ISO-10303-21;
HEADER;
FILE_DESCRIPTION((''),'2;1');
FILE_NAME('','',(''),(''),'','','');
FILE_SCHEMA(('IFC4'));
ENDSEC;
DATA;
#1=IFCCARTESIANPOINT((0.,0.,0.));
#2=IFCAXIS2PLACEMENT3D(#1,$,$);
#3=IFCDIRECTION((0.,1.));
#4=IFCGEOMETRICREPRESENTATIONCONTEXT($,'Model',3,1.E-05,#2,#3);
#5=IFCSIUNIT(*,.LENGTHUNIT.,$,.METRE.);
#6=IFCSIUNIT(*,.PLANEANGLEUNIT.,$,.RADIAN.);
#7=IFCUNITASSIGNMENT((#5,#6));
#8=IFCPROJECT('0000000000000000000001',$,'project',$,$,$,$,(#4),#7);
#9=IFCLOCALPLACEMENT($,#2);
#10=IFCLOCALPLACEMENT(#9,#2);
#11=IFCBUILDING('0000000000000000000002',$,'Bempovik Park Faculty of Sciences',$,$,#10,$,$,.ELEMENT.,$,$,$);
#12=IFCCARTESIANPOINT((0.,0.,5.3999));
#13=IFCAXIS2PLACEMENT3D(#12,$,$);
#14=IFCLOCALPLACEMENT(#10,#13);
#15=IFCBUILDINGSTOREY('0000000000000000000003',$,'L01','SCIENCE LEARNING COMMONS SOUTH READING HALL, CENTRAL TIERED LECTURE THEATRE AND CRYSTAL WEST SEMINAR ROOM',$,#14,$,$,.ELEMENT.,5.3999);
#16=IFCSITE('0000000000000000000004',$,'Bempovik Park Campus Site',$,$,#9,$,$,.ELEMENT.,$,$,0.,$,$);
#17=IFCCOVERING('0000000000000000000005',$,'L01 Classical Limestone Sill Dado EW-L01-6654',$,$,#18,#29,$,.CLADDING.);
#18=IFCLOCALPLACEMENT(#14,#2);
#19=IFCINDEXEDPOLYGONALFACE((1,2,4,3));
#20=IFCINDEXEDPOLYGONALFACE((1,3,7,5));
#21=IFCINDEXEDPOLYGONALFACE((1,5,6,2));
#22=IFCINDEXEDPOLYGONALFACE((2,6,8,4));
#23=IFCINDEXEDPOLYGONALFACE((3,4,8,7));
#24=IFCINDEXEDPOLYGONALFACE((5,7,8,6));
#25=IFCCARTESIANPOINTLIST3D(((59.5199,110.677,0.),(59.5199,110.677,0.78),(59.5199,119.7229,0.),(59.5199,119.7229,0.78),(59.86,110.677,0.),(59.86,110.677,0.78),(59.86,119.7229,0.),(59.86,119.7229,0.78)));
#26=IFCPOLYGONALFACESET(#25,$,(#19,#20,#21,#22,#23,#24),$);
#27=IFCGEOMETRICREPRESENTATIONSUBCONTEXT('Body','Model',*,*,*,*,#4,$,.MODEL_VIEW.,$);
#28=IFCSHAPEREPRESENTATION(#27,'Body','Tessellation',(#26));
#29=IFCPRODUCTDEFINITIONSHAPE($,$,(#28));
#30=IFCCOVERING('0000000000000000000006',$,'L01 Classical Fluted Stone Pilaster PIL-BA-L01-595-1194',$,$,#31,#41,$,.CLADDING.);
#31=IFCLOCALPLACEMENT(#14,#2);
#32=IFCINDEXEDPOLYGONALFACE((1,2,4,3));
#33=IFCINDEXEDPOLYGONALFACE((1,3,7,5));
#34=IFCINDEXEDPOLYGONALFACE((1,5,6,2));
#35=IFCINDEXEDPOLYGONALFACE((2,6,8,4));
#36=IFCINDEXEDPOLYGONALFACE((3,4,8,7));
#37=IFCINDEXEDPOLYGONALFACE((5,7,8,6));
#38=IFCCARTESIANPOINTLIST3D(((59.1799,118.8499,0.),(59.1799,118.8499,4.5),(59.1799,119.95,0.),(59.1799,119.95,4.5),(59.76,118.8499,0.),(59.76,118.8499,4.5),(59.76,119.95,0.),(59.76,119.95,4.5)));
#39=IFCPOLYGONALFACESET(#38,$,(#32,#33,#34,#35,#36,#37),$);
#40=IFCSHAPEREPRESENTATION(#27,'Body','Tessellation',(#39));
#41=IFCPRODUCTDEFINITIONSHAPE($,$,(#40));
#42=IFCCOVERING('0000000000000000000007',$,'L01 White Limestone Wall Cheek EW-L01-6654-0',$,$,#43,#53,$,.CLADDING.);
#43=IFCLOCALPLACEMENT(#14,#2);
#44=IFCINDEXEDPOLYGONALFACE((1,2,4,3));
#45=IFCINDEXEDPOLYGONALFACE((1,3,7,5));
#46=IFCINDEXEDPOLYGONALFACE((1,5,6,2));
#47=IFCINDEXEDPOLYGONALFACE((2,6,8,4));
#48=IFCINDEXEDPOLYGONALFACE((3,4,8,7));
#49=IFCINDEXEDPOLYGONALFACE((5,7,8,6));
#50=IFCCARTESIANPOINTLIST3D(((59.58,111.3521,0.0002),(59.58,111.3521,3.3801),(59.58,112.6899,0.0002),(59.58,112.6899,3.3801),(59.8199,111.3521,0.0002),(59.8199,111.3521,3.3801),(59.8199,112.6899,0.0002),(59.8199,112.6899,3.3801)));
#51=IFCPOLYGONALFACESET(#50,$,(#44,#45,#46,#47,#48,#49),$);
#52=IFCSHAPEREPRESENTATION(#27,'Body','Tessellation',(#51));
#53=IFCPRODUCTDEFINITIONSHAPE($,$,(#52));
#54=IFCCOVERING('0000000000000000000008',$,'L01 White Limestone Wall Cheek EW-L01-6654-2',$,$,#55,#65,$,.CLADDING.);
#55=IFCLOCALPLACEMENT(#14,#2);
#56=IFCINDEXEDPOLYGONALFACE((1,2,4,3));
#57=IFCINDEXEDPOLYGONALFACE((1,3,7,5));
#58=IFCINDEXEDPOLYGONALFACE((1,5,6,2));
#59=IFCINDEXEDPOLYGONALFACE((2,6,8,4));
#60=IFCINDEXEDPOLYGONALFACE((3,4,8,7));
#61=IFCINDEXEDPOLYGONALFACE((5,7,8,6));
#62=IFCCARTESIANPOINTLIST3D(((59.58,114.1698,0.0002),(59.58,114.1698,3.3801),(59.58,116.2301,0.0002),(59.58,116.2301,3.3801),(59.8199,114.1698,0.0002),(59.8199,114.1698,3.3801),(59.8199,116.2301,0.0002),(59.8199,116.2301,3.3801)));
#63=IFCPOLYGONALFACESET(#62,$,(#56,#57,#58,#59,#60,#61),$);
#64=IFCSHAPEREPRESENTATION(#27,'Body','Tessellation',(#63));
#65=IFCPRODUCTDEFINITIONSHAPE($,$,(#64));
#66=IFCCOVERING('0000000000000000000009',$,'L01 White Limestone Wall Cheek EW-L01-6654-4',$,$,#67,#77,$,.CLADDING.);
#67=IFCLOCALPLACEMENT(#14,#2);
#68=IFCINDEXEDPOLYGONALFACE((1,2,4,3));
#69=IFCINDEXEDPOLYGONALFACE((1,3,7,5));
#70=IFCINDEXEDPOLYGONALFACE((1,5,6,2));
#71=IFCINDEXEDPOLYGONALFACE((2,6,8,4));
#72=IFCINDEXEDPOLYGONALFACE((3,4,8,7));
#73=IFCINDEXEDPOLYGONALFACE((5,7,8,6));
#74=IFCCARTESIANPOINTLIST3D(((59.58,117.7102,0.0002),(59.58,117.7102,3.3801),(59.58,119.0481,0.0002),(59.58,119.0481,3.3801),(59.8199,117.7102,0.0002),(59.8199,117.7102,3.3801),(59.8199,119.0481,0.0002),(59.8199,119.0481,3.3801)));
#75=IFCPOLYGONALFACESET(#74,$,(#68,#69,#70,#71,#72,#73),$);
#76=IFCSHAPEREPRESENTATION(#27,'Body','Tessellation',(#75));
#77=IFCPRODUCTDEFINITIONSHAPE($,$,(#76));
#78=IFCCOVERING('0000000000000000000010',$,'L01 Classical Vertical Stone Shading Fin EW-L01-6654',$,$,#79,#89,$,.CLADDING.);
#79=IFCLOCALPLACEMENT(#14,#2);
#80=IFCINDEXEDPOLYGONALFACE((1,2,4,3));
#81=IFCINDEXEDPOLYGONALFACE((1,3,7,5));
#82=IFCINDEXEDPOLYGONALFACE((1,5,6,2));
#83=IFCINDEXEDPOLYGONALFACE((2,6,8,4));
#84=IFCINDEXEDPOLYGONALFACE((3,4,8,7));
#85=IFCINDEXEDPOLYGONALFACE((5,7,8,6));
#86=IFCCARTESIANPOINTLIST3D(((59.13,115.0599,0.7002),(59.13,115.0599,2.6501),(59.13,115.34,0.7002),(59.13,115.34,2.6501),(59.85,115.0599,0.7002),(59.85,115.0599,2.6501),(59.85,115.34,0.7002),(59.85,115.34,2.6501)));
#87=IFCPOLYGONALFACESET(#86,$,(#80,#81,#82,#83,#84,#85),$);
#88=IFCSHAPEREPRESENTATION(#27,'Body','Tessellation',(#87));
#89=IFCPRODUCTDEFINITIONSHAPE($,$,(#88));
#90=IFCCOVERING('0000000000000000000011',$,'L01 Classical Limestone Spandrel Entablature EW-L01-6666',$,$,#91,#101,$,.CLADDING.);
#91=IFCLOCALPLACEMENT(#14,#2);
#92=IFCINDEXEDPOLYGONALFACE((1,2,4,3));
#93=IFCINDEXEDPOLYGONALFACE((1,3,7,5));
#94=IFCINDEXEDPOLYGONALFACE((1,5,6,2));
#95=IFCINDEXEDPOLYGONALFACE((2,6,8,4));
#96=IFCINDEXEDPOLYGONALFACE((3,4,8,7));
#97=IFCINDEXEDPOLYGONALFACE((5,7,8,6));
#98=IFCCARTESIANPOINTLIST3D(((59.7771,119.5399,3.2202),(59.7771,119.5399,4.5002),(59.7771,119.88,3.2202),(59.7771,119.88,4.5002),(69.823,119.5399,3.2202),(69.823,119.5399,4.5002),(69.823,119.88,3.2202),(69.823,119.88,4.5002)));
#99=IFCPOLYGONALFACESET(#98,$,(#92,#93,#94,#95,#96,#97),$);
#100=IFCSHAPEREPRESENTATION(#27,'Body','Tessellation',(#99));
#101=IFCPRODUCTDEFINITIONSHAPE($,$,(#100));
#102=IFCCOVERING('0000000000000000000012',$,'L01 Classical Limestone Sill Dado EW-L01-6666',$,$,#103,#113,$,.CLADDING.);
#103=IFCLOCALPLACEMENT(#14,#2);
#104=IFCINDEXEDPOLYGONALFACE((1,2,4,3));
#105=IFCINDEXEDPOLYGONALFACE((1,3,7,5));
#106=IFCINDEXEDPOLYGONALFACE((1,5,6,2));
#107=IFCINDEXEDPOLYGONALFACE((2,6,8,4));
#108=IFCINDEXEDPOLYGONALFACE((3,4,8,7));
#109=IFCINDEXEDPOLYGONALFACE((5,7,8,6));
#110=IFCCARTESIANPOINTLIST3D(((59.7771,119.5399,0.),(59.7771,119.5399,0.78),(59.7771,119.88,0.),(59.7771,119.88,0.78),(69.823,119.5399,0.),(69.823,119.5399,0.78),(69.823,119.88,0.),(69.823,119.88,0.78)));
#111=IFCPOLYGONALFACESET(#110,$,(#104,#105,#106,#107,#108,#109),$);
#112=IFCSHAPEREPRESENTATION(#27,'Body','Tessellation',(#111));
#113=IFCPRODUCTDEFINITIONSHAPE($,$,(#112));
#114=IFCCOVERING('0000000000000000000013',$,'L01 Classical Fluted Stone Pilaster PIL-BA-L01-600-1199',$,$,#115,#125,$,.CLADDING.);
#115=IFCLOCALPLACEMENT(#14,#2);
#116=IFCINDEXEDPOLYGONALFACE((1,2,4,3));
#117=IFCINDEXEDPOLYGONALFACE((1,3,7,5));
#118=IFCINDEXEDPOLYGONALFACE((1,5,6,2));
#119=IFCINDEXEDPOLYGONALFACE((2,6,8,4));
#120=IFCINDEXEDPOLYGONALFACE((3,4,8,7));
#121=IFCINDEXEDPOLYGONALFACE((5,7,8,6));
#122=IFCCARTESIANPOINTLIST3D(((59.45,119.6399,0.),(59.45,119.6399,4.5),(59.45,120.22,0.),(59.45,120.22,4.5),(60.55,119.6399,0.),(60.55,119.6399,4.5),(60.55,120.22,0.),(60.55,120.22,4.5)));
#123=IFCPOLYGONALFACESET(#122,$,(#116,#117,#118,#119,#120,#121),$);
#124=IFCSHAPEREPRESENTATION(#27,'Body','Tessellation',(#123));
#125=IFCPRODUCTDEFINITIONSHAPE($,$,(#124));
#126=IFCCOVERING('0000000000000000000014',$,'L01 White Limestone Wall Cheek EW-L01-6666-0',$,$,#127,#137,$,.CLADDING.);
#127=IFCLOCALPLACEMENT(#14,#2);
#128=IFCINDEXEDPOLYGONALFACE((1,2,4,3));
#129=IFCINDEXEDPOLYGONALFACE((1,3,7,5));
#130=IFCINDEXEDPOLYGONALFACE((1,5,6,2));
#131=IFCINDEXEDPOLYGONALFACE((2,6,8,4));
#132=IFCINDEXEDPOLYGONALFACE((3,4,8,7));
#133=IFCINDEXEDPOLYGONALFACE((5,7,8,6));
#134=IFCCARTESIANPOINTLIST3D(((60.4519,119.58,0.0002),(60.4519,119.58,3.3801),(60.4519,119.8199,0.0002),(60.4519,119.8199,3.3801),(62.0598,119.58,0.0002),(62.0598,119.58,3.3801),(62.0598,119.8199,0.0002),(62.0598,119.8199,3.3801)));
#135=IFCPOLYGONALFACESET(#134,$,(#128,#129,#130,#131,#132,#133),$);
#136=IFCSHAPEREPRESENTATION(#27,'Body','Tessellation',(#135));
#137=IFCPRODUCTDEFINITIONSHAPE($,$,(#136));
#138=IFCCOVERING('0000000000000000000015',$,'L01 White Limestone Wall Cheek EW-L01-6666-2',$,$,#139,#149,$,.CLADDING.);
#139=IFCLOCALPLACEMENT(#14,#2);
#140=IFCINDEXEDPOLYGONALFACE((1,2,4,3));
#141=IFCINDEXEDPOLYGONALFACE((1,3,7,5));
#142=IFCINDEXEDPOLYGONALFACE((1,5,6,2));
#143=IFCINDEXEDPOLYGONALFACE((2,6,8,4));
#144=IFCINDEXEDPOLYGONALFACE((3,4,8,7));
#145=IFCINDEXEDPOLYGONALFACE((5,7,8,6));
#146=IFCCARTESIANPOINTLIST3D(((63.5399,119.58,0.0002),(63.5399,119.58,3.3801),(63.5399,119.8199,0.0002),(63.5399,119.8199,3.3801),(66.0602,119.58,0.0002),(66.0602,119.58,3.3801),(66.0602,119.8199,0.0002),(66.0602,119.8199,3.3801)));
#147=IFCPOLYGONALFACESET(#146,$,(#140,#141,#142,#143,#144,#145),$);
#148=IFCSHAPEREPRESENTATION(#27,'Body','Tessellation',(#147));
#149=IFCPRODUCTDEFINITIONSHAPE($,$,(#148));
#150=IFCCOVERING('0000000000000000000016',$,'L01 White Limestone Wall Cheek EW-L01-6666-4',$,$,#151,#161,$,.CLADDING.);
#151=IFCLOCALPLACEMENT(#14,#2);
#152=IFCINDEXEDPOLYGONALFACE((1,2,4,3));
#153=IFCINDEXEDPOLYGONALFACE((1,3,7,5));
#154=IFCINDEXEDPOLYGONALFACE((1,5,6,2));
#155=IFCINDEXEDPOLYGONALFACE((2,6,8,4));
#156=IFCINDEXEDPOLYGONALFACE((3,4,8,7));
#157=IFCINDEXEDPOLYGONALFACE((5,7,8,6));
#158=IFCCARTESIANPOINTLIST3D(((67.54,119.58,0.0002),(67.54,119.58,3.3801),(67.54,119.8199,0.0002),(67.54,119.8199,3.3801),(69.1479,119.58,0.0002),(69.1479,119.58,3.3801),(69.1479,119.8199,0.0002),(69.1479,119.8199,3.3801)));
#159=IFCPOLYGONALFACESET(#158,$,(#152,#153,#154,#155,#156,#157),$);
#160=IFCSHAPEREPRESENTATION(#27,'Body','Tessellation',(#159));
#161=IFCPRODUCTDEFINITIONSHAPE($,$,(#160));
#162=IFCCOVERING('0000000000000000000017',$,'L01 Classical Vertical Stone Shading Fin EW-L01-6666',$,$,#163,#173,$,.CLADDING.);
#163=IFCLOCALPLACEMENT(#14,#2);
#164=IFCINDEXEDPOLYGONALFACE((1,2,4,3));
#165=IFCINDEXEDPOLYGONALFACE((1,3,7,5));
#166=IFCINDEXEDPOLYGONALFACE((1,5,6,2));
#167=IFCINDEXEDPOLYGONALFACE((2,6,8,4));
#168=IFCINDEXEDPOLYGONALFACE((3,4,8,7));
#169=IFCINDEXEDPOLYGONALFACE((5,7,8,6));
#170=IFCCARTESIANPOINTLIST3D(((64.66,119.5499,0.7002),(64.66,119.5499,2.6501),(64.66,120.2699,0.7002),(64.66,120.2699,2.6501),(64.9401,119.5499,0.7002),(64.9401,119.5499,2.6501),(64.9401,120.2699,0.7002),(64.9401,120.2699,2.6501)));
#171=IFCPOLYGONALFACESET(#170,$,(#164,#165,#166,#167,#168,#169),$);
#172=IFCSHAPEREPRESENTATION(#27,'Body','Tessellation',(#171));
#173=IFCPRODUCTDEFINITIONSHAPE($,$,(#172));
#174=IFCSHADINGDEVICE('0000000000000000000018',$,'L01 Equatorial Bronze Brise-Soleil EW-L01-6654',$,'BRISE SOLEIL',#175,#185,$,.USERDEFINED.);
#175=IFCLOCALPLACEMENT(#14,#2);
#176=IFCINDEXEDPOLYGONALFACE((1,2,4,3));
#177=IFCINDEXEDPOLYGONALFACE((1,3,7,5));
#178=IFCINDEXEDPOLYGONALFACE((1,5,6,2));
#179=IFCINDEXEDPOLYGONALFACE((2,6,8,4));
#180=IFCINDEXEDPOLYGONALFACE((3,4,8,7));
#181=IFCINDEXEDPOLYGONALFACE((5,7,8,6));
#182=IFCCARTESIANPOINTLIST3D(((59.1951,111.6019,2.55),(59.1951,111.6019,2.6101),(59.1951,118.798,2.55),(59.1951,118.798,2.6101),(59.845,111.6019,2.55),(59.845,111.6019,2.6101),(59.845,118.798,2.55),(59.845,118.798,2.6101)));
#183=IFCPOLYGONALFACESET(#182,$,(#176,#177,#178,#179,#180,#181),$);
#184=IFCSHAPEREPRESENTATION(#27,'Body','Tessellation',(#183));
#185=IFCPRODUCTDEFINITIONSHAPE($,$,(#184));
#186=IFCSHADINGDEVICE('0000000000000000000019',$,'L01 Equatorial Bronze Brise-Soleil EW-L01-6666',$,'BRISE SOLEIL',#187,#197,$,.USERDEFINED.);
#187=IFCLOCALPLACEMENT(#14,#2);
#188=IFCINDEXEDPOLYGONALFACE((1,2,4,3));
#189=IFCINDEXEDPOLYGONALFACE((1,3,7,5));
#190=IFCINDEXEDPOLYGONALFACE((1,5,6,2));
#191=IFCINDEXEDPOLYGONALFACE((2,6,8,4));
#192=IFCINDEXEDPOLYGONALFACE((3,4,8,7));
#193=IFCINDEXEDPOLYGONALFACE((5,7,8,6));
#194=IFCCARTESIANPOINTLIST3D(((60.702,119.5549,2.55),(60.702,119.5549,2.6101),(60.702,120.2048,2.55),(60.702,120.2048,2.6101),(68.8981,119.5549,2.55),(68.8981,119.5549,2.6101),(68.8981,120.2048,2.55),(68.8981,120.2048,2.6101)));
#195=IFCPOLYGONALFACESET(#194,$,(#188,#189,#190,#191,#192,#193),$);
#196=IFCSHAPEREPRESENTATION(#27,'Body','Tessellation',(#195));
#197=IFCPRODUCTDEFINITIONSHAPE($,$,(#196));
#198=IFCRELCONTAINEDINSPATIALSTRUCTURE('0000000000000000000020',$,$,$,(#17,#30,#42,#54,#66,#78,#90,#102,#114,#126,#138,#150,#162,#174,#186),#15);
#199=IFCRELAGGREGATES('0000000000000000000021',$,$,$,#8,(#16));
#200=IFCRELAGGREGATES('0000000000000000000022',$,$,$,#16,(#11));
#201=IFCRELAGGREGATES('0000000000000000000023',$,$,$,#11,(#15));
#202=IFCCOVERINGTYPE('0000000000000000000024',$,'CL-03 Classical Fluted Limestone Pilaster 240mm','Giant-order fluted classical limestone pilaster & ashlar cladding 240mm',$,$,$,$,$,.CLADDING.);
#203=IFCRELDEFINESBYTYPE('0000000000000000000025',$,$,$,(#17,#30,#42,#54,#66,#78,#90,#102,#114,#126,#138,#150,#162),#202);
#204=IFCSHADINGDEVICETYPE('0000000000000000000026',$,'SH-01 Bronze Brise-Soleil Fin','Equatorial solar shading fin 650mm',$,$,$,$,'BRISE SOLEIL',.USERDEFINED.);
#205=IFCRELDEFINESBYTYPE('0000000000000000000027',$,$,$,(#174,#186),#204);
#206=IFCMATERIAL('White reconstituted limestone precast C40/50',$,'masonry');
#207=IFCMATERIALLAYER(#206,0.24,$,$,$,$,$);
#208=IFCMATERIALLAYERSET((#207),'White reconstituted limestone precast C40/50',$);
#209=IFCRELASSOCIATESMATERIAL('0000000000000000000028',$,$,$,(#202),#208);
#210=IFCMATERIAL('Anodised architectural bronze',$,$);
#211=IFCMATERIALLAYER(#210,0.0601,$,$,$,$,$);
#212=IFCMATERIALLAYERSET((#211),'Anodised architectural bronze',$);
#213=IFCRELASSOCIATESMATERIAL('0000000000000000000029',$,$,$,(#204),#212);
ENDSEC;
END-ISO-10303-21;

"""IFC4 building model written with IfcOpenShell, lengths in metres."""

from ifc_helpers import new_model, si_unit, direction, frame, origin, origin_2d, place, context, subcontext, project, spatial, rectangle, extrude, material, layer, layer_set, type_object, element, save


model = new_model("IFC4")

# Units and contexts
model_context = context("Model", 3, precision=1e-05, world=origin(), true_north=direction((0.0, 1.0)))
body_context = subcontext(model_context, "Body", "Model", "MODEL_VIEW")
ifc_project = project(units=[si_unit("LENGTHUNIT", "METRE"), si_unit("PLANEANGLEUNIT", "RADIAN")], contexts=[model_context])

# Site, building, storey
site_placement = place(None, origin())
site = spatial("IfcSite", under=ifc_project, at=site_placement, Name="Bempovik Park Campus Site", CompositionType="ELEMENT", RefElevation=0.0)
building_placement = place(site_placement, origin())
building = spatial("IfcBuilding", under=site, at=building_placement, Name="Bempovik Park Faculty of Sciences", CompositionType="ELEMENT")
storey_placement = place(building_placement, frame((0.0, 0.0, 5.3999)))
storey = spatial("IfcBuildingStorey", under=building, at=storey_placement, Name="L01", Description="SCIENCE LEARNING COMMONS SOUTH READING HALL, CENTRAL TIERED LECTURE THEATRE AND CRYSTAL WEST SEMINAR ROOM", CompositionType="ELEMENT", Elevation=5.3999)

# Coverings
ifc_material_1 = material(Name="White reconstituted limestone precast C40/50", Category="masonry")
ifc_layer_1 = layer(ifc_material_1, 0.24)
ifc_layer_set_1 = layer_set([ifc_layer_1], Name="White reconstituted limestone precast C40/50")
covering_type_1 = type_object("IfcCoveringType", Name="CL-03 Classical Fluted Limestone Pilaster 240mm", Description="Giant-order fluted classical limestone pilaster & ashlar cladding 240mm", PredefinedType="CLADDING", material=ifc_layer_set_1)
covering_1_placement = place(storey_placement, frame((59.6899, 115.2, 0.0), z_axis=(0.0, 0.0, 1.0), x_axis=(1.0, 0.0, 0.0)))
element("IfcCovering", 1, at=covering_1_placement, inside=storey, type_object=covering_type_1, Name="L01 Classical Limestone Sill Dado EW-L01-6654", PredefinedType="CLADDING", context=body_context, shape_type="SweptSolid", body=[
    extrude(rectangle(XDim=0.3401, YDim=9.0459, at=origin_2d()), origin(), (0.0, 0.0, 1.0), 0.78),
])
covering_2_placement = place(storey_placement, frame((59.47, 119.3999, 0.0), z_axis=(0.0, 0.0, 1.0), x_axis=(1.0, 0.0, 0.0)))
element("IfcCovering", 2, at=covering_2_placement, inside=storey, type_object=covering_type_1, Name="L01 Classical Fluted Stone Pilaster PIL-BA-L01-595-1194", PredefinedType="CLADDING", context=body_context, shape_type="SweptSolid", body=[
    extrude(rectangle(XDim=0.5801, YDim=1.1001, at=origin_2d()), origin(), (0.0, 0.0, 1.0), 4.5),
])
covering_3_placement = place(storey_placement, frame((59.7, 112.021, 0.0002), z_axis=(0.0, 0.0, 1.0), x_axis=(1.0, 0.0, 0.0)))
element("IfcCovering", 3, at=covering_3_placement, inside=storey, type_object=covering_type_1, Name="L01 White Limestone Wall Cheek EW-L01-6654-0", PredefinedType="CLADDING", context=body_context, shape_type="SweptSolid", body=[
    extrude(rectangle(XDim=0.24, YDim=1.3379, at=origin_2d()), origin(), (0.0, 0.0, 1.0), 3.3799),
])
covering_4_placement = place(storey_placement, frame((59.7, 115.2, 0.0002), z_axis=(0.0, 0.0, 1.0), x_axis=(1.0, 0.0, 0.0)))
element("IfcCovering", 4, at=covering_4_placement, inside=storey, type_object=covering_type_1, Name="L01 White Limestone Wall Cheek EW-L01-6654-2", PredefinedType="CLADDING", context=body_context, shape_type="SweptSolid", body=[
    extrude(rectangle(XDim=0.24, YDim=2.0603, at=origin_2d()), origin(), (0.0, 0.0, 1.0), 3.3799),
])
covering_5_placement = place(storey_placement, frame((59.7, 118.3792, 0.0002), z_axis=(0.0, 0.0, 1.0), x_axis=(1.0, 0.0, 0.0)))
element("IfcCovering", 5, at=covering_5_placement, inside=storey, type_object=covering_type_1, Name="L01 White Limestone Wall Cheek EW-L01-6654-4", PredefinedType="CLADDING", context=body_context, shape_type="SweptSolid", body=[
    extrude(rectangle(XDim=0.24, YDim=1.3379, at=origin_2d()), origin(), (0.0, 0.0, 1.0), 3.3799),
])
covering_6_placement = place(storey_placement, frame((59.49, 115.2, 0.7002), z_axis=(0.0, 0.0, 1.0), x_axis=(1.0, 0.0, 0.0)))
element("IfcCovering", 6, at=covering_6_placement, inside=storey, type_object=covering_type_1, Name="L01 Classical Vertical Stone Shading Fin EW-L01-6654", PredefinedType="CLADDING", context=body_context, shape_type="SweptSolid", body=[
    extrude(rectangle(XDim=0.72, YDim=0.28, at=origin_2d()), origin(), (0.0, 0.0, 1.0), 1.95),
])
covering_7_placement = place(storey_placement, frame((64.8, 119.71, 3.2202), z_axis=(0.0, 0.0, 1.0), x_axis=(1.0, 0.0, 0.0)))
element("IfcCovering", 7, at=covering_7_placement, inside=storey, type_object=covering_type_1, Name="L01 Classical Limestone Spandrel Entablature EW-L01-6666", PredefinedType="CLADDING", context=body_context, shape_type="SweptSolid", body=[
    extrude(rectangle(XDim=10.0459, YDim=0.3401, at=origin_2d()), origin(), (0.0, 0.0, 1.0), 1.28),
])
covering_8_placement = place(storey_placement, frame((64.8, 119.71, 0.0), z_axis=(0.0, 0.0, 1.0), x_axis=(1.0, 0.0, 0.0)))
element("IfcCovering", 8, at=covering_8_placement, inside=storey, type_object=covering_type_1, Name="L01 Classical Limestone Sill Dado EW-L01-6666", PredefinedType="CLADDING", context=body_context, shape_type="SweptSolid", body=[
    extrude(rectangle(XDim=10.0459, YDim=0.3401, at=origin_2d()), origin(), (0.0, 0.0, 1.0), 0.78),
])
covering_9_placement = place(storey_placement, frame((60.0, 119.9299, 0.0), z_axis=(0.0, 0.0, 1.0), x_axis=(1.0, 0.0, 0.0)))
element("IfcCovering", 9, at=covering_9_placement, inside=storey, type_object=covering_type_1, Name="L01 Classical Fluted Stone Pilaster PIL-BA-L01-600-1199", PredefinedType="CLADDING", context=body_context, shape_type="SweptSolid", body=[
    extrude(rectangle(XDim=1.1001, YDim=0.5801, at=origin_2d()), origin(), (0.0, 0.0, 1.0), 4.5),
])
covering_10_placement = place(storey_placement, frame((61.2559, 119.7, 0.0002), z_axis=(0.0, 0.0, 1.0), x_axis=(1.0, 0.0, 0.0)))
element("IfcCovering", 10, at=covering_10_placement, inside=storey, type_object=covering_type_1, Name="L01 White Limestone Wall Cheek EW-L01-6666-0", PredefinedType="CLADDING", context=body_context, shape_type="SweptSolid", body=[
    extrude(rectangle(XDim=1.6079, YDim=0.24, at=origin_2d()), origin(), (0.0, 0.0, 1.0), 3.3799),
])
covering_11_placement = place(storey_placement, frame((64.8, 119.7, 0.0002), z_axis=(0.0, 0.0, 1.0), x_axis=(1.0, 0.0, 0.0)))
element("IfcCovering", 11, at=covering_11_placement, inside=storey, type_object=covering_type_1, Name="L01 White Limestone Wall Cheek EW-L01-6666-2", PredefinedType="CLADDING", context=body_context, shape_type="SweptSolid", body=[
    extrude(rectangle(XDim=2.5203, YDim=0.24, at=origin_2d()), origin(), (0.0, 0.0, 1.0), 3.3799),
])
covering_12_placement = place(storey_placement, frame((68.344, 119.7, 0.0002), z_axis=(0.0, 0.0, 1.0), x_axis=(1.0, 0.0, 0.0)))
element("IfcCovering", 12, at=covering_12_placement, inside=storey, type_object=covering_type_1, Name="L01 White Limestone Wall Cheek EW-L01-6666-4", PredefinedType="CLADDING", context=body_context, shape_type="SweptSolid", body=[
    extrude(rectangle(XDim=1.6079, YDim=0.24, at=origin_2d()), origin(), (0.0, 0.0, 1.0), 3.3799),
])
covering_13_placement = place(storey_placement, frame((64.8, 119.9099, 0.7002), z_axis=(0.0, 0.0, 1.0), x_axis=(1.0, 0.0, 0.0)))
element("IfcCovering", 13, at=covering_13_placement, inside=storey, type_object=covering_type_1, Name="L01 Classical Vertical Stone Shading Fin EW-L01-6666", PredefinedType="CLADDING", context=body_context, shape_type="SweptSolid", body=[
    extrude(rectangle(XDim=0.28, YDim=0.72, at=origin_2d()), origin(), (0.0, 0.0, 1.0), 1.95),
])

# Shading devices
ifc_material_2 = material(Name="Anodised architectural bronze")
ifc_layer_2 = layer(ifc_material_2, 0.0601)
ifc_layer_set_2 = layer_set([ifc_layer_2], Name="Anodised architectural bronze")
shading_device_type = type_object("IfcShadingDeviceType", Name="SH-01 Bronze Brise-Soleil Fin", Description="Equatorial solar shading fin 650mm", ElementType="BRISE SOLEIL", PredefinedType="USERDEFINED", material=ifc_layer_set_2)
shading_device_1_placement = place(storey_placement, frame((59.52, 115.2, 2.55), z_axis=(0.0, 0.0, 1.0), x_axis=(1.0, 0.0, 0.0)))
element("IfcShadingDevice", 14, at=shading_device_1_placement, inside=storey, type_object=shading_device_type, Name="L01 Equatorial Bronze Brise-Soleil EW-L01-6654", ObjectType="BRISE SOLEIL", PredefinedType="USERDEFINED", context=body_context, shape_type="SweptSolid", body=[
    extrude(rectangle(XDim=0.6499, YDim=7.196, at=origin_2d()), origin(), (0.0, 0.0, 1.0), 0.0601),
])
shading_device_2_placement = place(storey_placement, frame((64.8, 119.8799, 2.55), z_axis=(0.0, 0.0, 1.0), x_axis=(1.0, 0.0, 0.0)))
element("IfcShadingDevice", 15, at=shading_device_2_placement, inside=storey, type_object=shading_device_type, Name="L01 Equatorial Bronze Brise-Soleil EW-L01-6666", ObjectType="BRISE SOLEIL", PredefinedType="USERDEFINED", context=body_context, shape_type="SweptSolid", body=[
    extrude(rectangle(XDim=8.196, YDim=0.6499, at=origin_2d()), origin(), (0.0, 0.0, 1.0), 0.0601),
])

save(model, "model.ifc")
